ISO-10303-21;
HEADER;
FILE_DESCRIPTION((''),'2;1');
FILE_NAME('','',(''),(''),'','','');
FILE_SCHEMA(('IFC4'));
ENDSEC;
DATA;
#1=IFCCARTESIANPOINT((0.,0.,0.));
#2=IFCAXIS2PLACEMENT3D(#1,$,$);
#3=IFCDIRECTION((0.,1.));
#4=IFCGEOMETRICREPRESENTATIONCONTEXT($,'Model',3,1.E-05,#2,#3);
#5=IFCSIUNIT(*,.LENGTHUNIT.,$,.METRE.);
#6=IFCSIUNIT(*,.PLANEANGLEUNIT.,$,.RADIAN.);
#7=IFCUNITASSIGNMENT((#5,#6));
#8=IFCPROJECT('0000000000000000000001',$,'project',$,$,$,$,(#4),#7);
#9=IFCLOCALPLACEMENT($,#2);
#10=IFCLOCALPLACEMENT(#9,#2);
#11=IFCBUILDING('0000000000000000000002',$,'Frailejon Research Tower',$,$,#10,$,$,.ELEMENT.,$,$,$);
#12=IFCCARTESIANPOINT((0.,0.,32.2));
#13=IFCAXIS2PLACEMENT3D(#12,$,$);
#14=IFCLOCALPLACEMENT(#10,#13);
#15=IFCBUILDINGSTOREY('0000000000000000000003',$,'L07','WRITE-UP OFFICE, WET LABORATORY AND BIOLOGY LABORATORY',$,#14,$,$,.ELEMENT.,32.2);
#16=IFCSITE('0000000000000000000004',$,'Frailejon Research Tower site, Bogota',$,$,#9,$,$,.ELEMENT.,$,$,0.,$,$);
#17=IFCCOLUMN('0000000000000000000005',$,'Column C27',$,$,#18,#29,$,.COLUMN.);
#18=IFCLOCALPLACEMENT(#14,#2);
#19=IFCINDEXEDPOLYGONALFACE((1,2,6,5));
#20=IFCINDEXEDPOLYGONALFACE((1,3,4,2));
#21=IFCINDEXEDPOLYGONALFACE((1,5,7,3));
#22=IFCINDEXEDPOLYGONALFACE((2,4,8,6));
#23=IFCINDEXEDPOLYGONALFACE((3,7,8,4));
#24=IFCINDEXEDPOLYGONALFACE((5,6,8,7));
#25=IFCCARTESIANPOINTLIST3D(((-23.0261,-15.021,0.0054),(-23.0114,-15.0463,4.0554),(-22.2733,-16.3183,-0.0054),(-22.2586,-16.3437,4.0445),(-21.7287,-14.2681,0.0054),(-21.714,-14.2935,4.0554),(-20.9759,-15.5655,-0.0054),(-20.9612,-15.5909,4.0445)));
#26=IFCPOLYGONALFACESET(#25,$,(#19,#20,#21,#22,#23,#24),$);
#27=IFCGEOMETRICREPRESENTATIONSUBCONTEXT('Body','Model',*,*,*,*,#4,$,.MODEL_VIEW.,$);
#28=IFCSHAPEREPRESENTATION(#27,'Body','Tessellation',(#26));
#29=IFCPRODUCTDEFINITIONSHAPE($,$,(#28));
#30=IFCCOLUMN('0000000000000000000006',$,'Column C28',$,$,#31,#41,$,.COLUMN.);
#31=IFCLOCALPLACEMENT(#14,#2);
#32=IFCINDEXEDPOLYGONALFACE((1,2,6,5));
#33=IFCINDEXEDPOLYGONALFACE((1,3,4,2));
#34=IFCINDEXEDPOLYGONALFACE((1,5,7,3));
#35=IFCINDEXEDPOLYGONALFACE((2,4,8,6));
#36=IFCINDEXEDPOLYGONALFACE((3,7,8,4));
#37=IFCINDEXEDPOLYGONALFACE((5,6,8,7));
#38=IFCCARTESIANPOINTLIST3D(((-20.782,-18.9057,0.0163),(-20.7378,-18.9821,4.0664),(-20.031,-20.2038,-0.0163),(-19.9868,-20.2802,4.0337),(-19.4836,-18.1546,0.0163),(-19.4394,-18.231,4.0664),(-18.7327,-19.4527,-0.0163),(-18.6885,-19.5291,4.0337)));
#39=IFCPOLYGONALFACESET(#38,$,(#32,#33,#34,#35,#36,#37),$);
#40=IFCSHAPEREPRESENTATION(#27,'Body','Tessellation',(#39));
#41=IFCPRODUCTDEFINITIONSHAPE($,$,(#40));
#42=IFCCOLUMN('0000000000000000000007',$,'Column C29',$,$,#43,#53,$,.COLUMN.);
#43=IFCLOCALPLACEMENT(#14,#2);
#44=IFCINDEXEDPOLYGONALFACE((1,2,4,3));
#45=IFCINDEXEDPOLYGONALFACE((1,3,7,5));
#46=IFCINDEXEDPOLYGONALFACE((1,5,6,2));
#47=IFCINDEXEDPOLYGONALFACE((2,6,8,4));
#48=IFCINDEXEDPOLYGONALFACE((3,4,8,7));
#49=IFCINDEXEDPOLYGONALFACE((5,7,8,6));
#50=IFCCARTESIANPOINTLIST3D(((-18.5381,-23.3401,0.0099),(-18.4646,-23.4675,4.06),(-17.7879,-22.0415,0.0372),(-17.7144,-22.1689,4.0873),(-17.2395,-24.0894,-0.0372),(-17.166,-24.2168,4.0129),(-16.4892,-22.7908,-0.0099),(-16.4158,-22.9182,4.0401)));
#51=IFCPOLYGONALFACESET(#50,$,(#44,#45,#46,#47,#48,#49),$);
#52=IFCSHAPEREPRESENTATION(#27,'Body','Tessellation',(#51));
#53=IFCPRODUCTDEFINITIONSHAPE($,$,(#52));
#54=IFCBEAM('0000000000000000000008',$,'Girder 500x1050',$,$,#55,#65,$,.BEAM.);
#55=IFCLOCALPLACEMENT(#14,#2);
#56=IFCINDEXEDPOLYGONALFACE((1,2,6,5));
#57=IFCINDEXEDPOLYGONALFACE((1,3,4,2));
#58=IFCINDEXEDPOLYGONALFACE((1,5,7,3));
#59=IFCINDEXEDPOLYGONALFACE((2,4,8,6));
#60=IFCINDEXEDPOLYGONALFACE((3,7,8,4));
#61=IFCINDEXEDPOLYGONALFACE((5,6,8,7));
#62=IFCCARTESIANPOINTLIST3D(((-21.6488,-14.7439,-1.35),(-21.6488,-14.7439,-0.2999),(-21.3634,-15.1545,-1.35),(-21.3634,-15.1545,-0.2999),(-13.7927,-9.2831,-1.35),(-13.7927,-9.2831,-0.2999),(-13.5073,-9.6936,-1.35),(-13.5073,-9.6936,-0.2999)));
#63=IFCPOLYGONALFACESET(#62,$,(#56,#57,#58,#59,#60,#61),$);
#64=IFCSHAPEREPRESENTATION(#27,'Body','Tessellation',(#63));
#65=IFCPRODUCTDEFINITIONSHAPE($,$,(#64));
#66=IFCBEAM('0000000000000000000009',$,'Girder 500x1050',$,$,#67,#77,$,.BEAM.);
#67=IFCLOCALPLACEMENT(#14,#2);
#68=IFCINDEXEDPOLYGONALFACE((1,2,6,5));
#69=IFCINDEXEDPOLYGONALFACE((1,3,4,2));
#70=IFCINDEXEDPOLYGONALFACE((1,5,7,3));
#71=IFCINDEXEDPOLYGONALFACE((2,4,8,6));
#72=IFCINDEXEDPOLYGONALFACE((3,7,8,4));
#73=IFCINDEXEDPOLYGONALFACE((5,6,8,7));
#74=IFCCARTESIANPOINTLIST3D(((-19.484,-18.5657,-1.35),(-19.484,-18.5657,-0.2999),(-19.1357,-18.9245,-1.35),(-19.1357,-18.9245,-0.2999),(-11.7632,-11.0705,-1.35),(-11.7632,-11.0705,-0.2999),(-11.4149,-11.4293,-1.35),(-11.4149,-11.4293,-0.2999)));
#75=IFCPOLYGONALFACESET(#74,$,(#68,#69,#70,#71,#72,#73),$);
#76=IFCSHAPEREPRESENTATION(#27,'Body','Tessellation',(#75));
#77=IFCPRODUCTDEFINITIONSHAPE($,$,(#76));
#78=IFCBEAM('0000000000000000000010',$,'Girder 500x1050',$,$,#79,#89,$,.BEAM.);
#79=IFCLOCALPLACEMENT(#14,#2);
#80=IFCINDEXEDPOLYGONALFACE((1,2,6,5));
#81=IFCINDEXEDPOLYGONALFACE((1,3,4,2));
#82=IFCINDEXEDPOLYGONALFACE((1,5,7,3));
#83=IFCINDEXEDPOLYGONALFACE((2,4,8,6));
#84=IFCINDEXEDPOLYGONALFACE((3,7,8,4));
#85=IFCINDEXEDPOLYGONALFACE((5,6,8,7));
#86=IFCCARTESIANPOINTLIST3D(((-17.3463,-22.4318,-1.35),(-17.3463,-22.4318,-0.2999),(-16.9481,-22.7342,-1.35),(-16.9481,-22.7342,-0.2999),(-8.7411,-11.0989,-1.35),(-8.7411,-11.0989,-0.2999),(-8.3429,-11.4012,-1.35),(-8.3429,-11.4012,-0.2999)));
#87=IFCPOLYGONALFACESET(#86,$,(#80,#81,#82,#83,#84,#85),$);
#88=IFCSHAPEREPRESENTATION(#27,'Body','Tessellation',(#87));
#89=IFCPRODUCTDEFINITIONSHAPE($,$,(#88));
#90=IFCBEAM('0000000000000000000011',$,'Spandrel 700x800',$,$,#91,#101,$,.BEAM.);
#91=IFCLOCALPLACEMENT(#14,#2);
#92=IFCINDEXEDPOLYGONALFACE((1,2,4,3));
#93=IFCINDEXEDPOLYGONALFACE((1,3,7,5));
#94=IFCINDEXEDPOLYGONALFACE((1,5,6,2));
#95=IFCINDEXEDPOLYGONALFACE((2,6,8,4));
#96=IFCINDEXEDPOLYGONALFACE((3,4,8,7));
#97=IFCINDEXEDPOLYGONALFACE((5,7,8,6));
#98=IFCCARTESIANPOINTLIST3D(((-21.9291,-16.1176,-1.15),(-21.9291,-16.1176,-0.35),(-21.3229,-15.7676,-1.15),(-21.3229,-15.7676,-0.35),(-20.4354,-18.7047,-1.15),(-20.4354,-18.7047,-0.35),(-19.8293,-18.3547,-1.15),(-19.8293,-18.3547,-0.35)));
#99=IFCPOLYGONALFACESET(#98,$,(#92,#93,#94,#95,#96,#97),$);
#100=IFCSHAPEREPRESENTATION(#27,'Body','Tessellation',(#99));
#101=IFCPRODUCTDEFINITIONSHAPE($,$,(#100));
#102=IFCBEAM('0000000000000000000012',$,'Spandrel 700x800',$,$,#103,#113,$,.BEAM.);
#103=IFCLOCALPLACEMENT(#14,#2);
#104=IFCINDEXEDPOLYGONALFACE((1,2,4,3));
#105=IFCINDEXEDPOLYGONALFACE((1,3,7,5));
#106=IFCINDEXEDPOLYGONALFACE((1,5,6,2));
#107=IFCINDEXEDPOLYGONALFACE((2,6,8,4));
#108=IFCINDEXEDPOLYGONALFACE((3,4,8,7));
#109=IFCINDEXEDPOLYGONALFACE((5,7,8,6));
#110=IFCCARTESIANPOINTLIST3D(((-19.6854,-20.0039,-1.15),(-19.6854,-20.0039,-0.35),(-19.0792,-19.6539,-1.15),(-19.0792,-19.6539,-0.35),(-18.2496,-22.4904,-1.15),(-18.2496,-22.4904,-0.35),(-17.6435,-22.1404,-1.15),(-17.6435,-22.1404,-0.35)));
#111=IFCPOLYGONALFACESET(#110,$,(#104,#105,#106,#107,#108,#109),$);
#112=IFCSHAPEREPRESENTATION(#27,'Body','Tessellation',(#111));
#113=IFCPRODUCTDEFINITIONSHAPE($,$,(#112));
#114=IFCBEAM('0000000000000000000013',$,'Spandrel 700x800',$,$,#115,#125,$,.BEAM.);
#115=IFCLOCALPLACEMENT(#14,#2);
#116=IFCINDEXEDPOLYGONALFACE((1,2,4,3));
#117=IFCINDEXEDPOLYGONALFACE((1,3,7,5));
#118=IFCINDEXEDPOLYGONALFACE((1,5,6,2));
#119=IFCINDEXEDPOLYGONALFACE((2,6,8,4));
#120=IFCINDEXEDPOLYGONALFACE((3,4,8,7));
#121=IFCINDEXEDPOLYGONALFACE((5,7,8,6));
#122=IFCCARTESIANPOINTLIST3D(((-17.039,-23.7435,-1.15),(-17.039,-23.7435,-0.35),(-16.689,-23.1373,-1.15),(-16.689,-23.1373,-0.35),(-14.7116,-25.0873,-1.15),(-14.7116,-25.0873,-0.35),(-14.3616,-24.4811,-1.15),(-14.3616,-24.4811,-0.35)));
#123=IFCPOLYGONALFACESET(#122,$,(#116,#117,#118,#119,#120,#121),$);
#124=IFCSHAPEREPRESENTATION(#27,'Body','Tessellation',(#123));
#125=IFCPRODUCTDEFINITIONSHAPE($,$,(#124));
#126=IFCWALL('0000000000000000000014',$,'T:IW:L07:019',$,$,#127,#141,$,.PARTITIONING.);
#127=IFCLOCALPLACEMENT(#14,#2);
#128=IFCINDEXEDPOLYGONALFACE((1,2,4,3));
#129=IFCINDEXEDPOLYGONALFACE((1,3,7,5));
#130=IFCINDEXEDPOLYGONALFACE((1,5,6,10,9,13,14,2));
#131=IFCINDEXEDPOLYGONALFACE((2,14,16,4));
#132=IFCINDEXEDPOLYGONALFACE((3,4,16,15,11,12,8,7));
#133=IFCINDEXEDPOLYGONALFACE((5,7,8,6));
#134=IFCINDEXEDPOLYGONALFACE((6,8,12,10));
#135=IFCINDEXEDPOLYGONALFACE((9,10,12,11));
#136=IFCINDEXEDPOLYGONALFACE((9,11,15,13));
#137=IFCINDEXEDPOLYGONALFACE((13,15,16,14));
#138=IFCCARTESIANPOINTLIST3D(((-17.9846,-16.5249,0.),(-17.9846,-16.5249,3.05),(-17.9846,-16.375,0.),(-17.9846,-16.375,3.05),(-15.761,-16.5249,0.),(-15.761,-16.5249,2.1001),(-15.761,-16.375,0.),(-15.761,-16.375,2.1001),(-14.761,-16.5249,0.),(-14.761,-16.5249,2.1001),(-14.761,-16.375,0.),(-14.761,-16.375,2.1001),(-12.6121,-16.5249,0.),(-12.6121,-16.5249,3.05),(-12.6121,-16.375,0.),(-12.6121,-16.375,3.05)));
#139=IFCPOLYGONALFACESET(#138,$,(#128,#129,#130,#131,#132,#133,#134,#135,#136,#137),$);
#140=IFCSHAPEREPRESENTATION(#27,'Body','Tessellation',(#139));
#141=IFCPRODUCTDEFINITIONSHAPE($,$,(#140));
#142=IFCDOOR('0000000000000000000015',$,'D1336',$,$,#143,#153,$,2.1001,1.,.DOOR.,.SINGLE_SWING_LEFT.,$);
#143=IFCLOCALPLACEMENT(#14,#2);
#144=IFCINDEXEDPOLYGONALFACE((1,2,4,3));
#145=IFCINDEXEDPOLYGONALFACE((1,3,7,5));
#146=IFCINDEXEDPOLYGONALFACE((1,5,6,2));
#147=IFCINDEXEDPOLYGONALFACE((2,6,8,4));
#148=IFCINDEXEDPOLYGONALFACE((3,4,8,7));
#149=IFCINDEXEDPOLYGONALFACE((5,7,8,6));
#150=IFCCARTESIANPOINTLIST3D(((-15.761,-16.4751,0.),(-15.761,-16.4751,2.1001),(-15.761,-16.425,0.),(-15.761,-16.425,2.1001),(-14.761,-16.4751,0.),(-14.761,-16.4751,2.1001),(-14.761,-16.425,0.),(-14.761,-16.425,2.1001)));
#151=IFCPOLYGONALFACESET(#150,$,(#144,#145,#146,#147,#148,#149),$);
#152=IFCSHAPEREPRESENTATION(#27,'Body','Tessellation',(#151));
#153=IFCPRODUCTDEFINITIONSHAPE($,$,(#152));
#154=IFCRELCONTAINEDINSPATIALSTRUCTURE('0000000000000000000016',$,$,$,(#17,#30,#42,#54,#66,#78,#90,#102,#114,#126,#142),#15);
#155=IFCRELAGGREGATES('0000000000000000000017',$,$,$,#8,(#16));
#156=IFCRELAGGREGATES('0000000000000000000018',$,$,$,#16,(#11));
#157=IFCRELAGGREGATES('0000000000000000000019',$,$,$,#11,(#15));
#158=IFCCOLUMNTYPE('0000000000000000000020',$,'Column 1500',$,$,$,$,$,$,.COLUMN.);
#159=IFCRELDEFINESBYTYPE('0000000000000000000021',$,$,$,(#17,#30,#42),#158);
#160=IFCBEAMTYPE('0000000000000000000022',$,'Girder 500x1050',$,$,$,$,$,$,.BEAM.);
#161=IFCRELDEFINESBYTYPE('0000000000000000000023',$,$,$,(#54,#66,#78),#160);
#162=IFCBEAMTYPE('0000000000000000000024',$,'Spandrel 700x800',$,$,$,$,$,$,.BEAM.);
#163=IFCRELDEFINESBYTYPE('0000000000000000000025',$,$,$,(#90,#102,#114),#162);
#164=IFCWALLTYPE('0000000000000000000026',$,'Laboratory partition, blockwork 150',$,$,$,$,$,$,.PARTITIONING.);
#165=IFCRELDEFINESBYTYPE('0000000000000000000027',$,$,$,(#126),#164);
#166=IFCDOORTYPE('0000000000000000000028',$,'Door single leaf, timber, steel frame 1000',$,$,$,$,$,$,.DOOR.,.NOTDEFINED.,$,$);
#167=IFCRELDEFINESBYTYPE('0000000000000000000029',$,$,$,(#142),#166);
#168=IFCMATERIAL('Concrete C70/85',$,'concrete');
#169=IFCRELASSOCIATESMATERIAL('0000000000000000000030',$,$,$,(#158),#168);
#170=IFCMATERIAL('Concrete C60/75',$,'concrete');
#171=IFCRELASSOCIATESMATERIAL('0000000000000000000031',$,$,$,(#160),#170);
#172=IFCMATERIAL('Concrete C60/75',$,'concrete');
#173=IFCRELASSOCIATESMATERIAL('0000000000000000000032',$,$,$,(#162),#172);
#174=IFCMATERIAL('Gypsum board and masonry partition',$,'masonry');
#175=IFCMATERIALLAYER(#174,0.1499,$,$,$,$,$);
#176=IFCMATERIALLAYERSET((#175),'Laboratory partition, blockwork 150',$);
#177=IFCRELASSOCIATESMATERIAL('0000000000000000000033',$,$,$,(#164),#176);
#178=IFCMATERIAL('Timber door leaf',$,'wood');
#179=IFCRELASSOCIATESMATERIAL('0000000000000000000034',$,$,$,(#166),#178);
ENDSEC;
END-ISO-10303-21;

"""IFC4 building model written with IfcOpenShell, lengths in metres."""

from ifc_helpers import new_model, si_unit, direction, frame, frame_2d, origin, origin_2d, place, context, subcontext, project, spatial, rectangle, extrude, material, layer, layer_set, material_profile, profile_set, type_object, element, fill, save


model = new_model("IFC4")

# Units and contexts
model_context = context("Model", 3, precision=1e-05, world=origin(), true_north=direction((0.0, 1.0)))
body_context = subcontext(model_context, "Body", "Model", "MODEL_VIEW")
ifc_project = project(units=[si_unit("LENGTHUNIT", "METRE"), si_unit("PLANEANGLEUNIT", "RADIAN")], contexts=[model_context])

# Site, building, storey
site_placement = place(None, origin())
site = spatial("IfcSite", under=ifc_project, at=site_placement, Name="Frailejon Research Tower site, Bogota", CompositionType="ELEMENT", RefElevation=0.0)
building_placement = place(site_placement, origin())
building = spatial("IfcBuilding", under=site, at=building_placement, Name="Frailejon Research Tower", CompositionType="ELEMENT")
storey_placement = place(building_placement, frame((0.0, 0.0, 32.2)))
storey = spatial("IfcBuildingStorey", under=building, at=storey_placement, Name="L07", Description="WRITE-UP OFFICE, WET LABORATORY AND BIOLOGY LABORATORY", CompositionType="ELEMENT", Elevation=32.2)

# Columns
ifc_material_1 = material(Name="Concrete C70/85", Category="concrete")
ifc_material_profile_1 = material_profile(ifc_material_1, rectangle(XDim=1.5, YDim=1.5, at=origin_2d()), Name="Column 1500")
ifc_profile_set_1 = profile_set([ifc_material_profile_1], Name="Concrete C70/85")
column_type = type_object("IfcColumnType", Name="Column 1500", PredefinedType="COLUMN", material=ifc_profile_set_1)
column_1_placement = place(storey_placement, frame((-22.001, -15.2932, 0.0), z_axis=(0.003617, -0.006269, 0.999974), x_axis=(0.501883, -0.864905, -0.007238)))
element("IfcColumn", 1, at=column_1_placement, inside=storey, type_object=column_type, Name="Column C27", PredefinedType="COLUMN", context=body_context, shape_type="SweptSolid", body=[
    extrude(rectangle(XDim=1.5, YDim=1.5, at=origin_2d()), origin(), (0.0, 0.0, 1.0), 4.05),
])
column_2_placement = place(storey_placement, frame((-19.7573, -19.1792, 0.0), z_axis=(0.010908, -0.018863, 0.999763), x_axis=(0.500638, -0.865382, -0.02179)))
element("IfcColumn", 2, at=column_2_placement, inside=storey, type_object=column_type, Name="Column C28", PredefinedType="COLUMN", context=body_context, shape_type="SweptSolid", body=[
    extrude(rectangle(XDim=1.5, YDim=1.5, at=origin_2d()), origin(), (0.0, 0.0, 1.0), 4.051),
])
column_3_placement = place(storey_placement, frame((-17.5137, -23.0654, 0.0), z_axis=(0.018133, -0.031446, 0.999341), x_axis=(0.865741, -0.499505, -0.031426)))
element("IfcColumn", 3, at=column_3_placement, inside=storey, type_object=column_type, Name="Column C29", PredefinedType="COLUMN", context=body_context, shape_type="SweptSolid", body=[
    extrude(rectangle(XDim=1.5, YDim=1.5, at=origin_2d()), origin(), (0.0, 0.0, 1.0), 4.0527),
])

# Beams
ifc_material_2 = material(Name="Concrete C60/75", Category="concrete")
ifc_material_profile_2 = material_profile(ifc_material_2, rectangle(XDim=0.5, YDim=1.05, at=origin_2d()), Name="Girder 500x1050")
ifc_profile_set_2 = profile_set([ifc_material_profile_2], Name="Concrete C60/75")
beam_type_1 = type_object("IfcBeamType", Name="Girder 500x1050", PredefinedType="BEAM", material=ifc_profile_set_2)
beam_1_placement = place(storey_placement, frame((-21.5061, -14.9492, -0.825), z_axis=(0.821113, 0.570765, 0.0), x_axis=(-0.570765, 0.821113, 0.0)))
element("IfcBeam", 4, at=beam_1_placement, inside=storey, type_object=beam_type_1, Name="Girder 500x1050", PredefinedType="BEAM", context=body_context, shape_type="SweptSolid", body=[
    extrude(rectangle(XDim=0.5, YDim=1.05, at=origin_2d()), origin(), (0.0, 0.0, 1.0), 9.5676),
])
beam_2_placement = place(storey_placement, frame((-19.3098, -18.7451, -0.825), z_axis=(0.717511, 0.696547, 0.0), x_axis=(-0.696547, 0.717511, 0.0)))
element("IfcBeam", 5, at=beam_2_placement, inside=storey, type_object=beam_type_1, Name="Girder 500x1050", PredefinedType="BEAM", context=body_context, shape_type="SweptSolid", body=[
    extrude(rectangle(XDim=0.5, YDim=1.05, at=origin_2d()), origin(), (0.0, 0.0, 1.0), 10.7605),
])
beam_3_placement = place(storey_placement, frame((-17.1472, -22.583, -0.825), z_axis=(0.604733, 0.796428, 0.0), x_axis=(-0.796428, 0.604733, 0.0)))
element("IfcBeam", 6, at=beam_3_placement, inside=storey, type_object=beam_type_1, Name="Girder 500x1050", PredefinedType="BEAM", context=body_context, shape_type="SweptSolid", body=[
    extrude(rectangle(XDim=0.5, YDim=1.05, at=origin_2d()), origin(), (0.0, 0.0, 1.0), 14.2297),
])
ifc_material_3 = material(Name="Concrete C60/75", Category="concrete")
ifc_material_profile_3 = material_profile(ifc_material_3, rectangle(XDim=0.7, YDim=0.8, at=origin_2d()), Name="Spandrel 700x800")
ifc_profile_set_3 = profile_set([ifc_material_profile_3], Name="Concrete C60/75")
beam_type_2 = type_object("IfcBeamType", Name="Spandrel 700x800", PredefinedType="BEAM", material=ifc_profile_set_3)
beam_4_placement = place(storey_placement, frame((-21.626, -15.9426, -0.75), z_axis=(0.499989, -0.866032, 0.0), x_axis=(0.866032, 0.499989, 0.0)))
element("IfcBeam", 7, at=beam_4_placement, inside=storey, type_object=beam_type_2, Name="Spandrel 700x800", PredefinedType="BEAM", context=body_context, shape_type="SweptSolid", body=[
    extrude(rectangle(XDim=0.7, YDim=0.8, at=origin_2d()), origin(), (0.0, 0.0, 1.0), 2.9873),
])
beam_5_placement = place(storey_placement, frame((-19.3823, -19.8289, -0.75), z_axis=(0.500044, -0.866, 0.0), x_axis=(0.866, 0.500044, 0.0)))
element("IfcBeam", 8, at=beam_5_placement, inside=storey, type_object=beam_type_2, Name="Spandrel 700x800", PredefinedType="BEAM", context=body_context, shape_type="SweptSolid", body=[
    extrude(rectangle(XDim=0.7, YDim=0.8, at=origin_2d()), origin(), (0.0, 0.0, 1.0), 2.8713),
])
beam_6_placement = place(storey_placement, frame((-16.864, -23.4404, -0.75), z_axis=(0.866021, -0.500008, 0.0), x_axis=(0.500008, 0.866021, 0.0)))
element("IfcBeam", 9, at=beam_6_placement, inside=storey, type_object=beam_type_2, Name="Spandrel 700x800", PredefinedType="BEAM", context=body_context, shape_type="SweptSolid", body=[
    extrude(rectangle(XDim=0.7, YDim=0.8, at=origin_2d()), origin(), (0.0, 0.0, 1.0), 2.6875),
])

# Wall, opening, door
ifc_material_4 = material(Name="Gypsum board and masonry partition", Category="masonry")
ifc_layer_1 = layer(ifc_material_4, 0.1499)
ifc_layer_set_1 = layer_set([ifc_layer_1], Name="Laboratory partition, blockwork 150")
wall_type_1 = type_object("IfcWallType", Name="Laboratory partition, blockwork 150", PredefinedType="PARTITIONING", material=ifc_layer_set_1)
wall_1_placement = place(storey_placement, frame((-17.9846, -16.45, 0.0), z_axis=(0.0, 0.0, 1.0), x_axis=(1.0, 0.0, 0.0)))
wall_1 = element("IfcWall", 10, at=wall_1_placement, inside=storey, type_object=wall_type_1, Name="T:IW:L07:019", PredefinedType="PARTITIONING", context=body_context, shape_type="SweptSolid", body=[
    extrude(rectangle(XDim=5.3726, YDim=0.1499, at=frame_2d((2.6863, 0.0))), origin(), (0.0, 0.0, 1.0), 3.05),
])
opening_1_placement = place(wall_1_placement, frame((2.2236, 0.0, 0.0)))
opening_1 = element("IfcOpeningElement", 11, at=opening_1_placement, cuts=wall_1, PredefinedType="OPENING", context=body_context, shape_type="SweptSolid", body=[
    extrude(rectangle(XDim=1.0, YDim=2.1001, at=frame_2d((0.5, 1.05))), frame((0.0, 0.085, 0.0), z_axis=(0.0, -1.0, 0.0), x_axis=(1.0, 0.0, 0.0)), (0.0, 0.0, 1.0), 0.1699),
])
ifc_material_5 = material(Name="Timber door leaf", Category="wood")
door_type = type_object("IfcDoorType", Name="Door single leaf, timber, steel frame 1000", OperationType="NOTDEFINED", PredefinedType="DOOR", material=ifc_material_5)
door_placement = place(opening_1_placement, origin())
door = element("IfcDoor", 12, at=door_placement, inside=storey, type_object=door_type, Name="D1336", OperationType="SINGLE_SWING_LEFT", OverallHeight=2.1001, OverallWidth=1.0, PredefinedType="DOOR", context=body_context, shape_type="SweptSolid", body=[
    extrude(rectangle(XDim=1.0, YDim=2.1001, at=frame_2d((0.5, 1.05))), frame((0.0, 0.0249, 0.0), z_axis=(0.0, -1.0, 0.0), x_axis=(1.0, 0.0, 0.0)), (0.0, 0.0, 1.0), 0.05),
])
fill(opening_1, door)

save(model, "model.ifc")
